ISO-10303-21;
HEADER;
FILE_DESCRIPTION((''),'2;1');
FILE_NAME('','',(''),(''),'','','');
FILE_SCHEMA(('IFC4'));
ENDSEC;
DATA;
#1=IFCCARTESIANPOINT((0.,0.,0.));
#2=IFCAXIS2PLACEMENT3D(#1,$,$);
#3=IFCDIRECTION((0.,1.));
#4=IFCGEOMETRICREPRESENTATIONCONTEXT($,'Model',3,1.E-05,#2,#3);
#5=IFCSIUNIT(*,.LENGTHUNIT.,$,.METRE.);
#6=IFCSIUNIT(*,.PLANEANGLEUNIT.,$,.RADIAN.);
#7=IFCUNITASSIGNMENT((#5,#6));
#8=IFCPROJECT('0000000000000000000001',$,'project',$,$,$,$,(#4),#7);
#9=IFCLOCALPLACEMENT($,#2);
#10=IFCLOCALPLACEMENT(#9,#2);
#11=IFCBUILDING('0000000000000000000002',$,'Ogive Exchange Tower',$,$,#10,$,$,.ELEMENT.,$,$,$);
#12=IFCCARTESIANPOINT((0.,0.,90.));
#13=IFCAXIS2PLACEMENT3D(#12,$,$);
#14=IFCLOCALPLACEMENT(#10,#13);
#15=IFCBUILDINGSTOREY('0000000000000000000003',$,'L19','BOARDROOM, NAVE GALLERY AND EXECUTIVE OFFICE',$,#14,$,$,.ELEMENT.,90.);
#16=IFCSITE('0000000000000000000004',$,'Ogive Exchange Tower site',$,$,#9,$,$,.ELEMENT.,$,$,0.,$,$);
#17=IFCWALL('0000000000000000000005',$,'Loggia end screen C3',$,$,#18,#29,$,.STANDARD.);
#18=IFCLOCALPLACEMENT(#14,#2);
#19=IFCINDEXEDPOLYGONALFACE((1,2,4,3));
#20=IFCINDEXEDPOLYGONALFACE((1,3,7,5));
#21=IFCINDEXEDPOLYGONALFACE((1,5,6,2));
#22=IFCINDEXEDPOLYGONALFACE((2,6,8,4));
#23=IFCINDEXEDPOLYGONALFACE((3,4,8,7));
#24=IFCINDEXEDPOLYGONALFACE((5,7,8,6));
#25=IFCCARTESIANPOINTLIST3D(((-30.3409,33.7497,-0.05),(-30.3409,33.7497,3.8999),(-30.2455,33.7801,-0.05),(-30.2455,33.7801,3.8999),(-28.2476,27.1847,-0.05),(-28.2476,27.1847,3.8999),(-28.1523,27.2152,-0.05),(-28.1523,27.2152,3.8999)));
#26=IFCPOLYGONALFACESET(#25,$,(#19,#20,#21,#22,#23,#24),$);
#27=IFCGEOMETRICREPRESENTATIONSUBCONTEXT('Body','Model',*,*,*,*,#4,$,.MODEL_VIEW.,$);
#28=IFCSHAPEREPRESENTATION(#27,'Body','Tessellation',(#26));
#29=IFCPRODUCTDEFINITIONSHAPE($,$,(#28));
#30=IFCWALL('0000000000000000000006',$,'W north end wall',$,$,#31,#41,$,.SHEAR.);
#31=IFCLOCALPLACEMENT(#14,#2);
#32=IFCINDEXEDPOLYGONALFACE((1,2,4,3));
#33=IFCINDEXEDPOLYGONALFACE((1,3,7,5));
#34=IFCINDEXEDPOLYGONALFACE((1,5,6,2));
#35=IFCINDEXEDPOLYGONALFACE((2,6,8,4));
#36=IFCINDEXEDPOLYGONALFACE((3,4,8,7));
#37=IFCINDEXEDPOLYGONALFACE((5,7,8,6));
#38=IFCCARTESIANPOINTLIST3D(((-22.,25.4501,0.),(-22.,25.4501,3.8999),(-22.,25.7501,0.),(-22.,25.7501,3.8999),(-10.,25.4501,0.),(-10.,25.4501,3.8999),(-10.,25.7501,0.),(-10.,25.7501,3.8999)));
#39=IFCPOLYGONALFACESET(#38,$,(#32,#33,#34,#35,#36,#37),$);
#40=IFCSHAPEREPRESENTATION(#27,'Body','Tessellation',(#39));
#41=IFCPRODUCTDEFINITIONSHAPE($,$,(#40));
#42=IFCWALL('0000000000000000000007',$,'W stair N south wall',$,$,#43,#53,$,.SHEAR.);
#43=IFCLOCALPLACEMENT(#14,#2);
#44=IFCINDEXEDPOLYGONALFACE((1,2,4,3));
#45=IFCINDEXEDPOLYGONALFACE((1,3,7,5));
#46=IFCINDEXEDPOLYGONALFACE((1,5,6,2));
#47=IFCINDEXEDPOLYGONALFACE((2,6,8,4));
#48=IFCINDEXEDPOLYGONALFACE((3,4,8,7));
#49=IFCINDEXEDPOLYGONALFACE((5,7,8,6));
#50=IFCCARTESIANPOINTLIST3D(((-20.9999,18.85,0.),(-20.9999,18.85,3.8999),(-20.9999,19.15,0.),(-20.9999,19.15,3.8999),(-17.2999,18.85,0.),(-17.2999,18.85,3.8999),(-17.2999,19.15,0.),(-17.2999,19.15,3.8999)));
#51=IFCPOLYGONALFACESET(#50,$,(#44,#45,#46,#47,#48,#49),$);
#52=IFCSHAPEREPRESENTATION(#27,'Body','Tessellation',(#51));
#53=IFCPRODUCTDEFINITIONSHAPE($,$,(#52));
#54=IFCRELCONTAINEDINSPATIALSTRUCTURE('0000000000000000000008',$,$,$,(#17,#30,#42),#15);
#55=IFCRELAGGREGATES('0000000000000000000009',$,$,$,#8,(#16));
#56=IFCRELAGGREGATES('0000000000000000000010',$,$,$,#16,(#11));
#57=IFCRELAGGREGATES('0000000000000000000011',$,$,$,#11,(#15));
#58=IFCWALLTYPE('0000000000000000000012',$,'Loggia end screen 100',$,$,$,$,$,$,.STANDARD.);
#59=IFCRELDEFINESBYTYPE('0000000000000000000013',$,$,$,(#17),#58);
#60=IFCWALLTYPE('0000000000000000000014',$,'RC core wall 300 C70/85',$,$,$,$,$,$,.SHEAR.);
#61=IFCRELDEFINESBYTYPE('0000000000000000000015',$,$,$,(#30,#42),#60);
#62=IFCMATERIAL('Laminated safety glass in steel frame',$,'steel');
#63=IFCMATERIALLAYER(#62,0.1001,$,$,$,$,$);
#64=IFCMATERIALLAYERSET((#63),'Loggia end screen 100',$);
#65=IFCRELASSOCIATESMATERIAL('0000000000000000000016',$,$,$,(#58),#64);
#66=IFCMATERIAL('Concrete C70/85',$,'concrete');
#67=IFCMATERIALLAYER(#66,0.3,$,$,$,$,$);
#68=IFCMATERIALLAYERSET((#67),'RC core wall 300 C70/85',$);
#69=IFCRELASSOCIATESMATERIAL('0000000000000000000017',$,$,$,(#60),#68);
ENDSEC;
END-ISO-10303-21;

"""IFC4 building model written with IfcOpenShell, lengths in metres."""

from ifc_helpers import new_model, si_unit, direction, frame, frame_2d, origin, place, context, subcontext, project, spatial, rectangle, extrude, material, layer, layer_set, type_object, element, save


model = new_model("IFC4")

# Units and contexts
model_context = context("Model", 3, precision=1e-05, world=origin(), true_north=direction((0.0, 1.0)))
body_context = subcontext(model_context, "Body", "Model", "MODEL_VIEW")
ifc_project = project(units=[si_unit("LENGTHUNIT", "METRE"), si_unit("PLANEANGLEUNIT", "RADIAN")], contexts=[model_context])

# Site, building, storey
site_placement = place(None, origin())
site = spatial("IfcSite", under=ifc_project, at=site_placement, Name="Ogive Exchange Tower site", CompositionType="ELEMENT", RefElevation=0.0)
building_placement = place(site_placement, origin())
building = spatial("IfcBuilding", under=site, at=building_placement, Name="Ogive Exchange Tower", CompositionType="ELEMENT")
storey_placement = place(building_placement, frame((0.0, 0.0, 90.0)))
storey = spatial("IfcBuildingStorey", under=building, at=storey_placement, Name="L19", Description="BOARDROOM, NAVE GALLERY AND EXECUTIVE OFFICE", CompositionType="ELEMENT", Elevation=90.0)

# Walls
ifc_material_1 = material(Name="Laminated safety glass in steel frame", Category="steel")
ifc_layer_1 = layer(ifc_material_1, 0.1001)
ifc_layer_set_1 = layer_set([ifc_layer_1], Name="Loggia end screen 100")
wall_type_1 = type_object("IfcWallType", Name="Loggia end screen 100", PredefinedType="STANDARD", material=ifc_layer_set_1)
wall_1_placement = place(storey_placement, frame((-28.2, 27.2, -0.05), z_axis=(0.0, 0.0, 1.0), x_axis=(-0.303786, 0.95274, 0.0)))
element("IfcWall", 1, at=wall_1_placement, inside=storey, type_object=wall_type_1, Name="Loggia end screen C3", PredefinedType="STANDARD", context=body_context, shape_type="SweptSolid", body=[
    extrude(rectangle(XDim=6.8906, YDim=0.1001, at=frame_2d((3.4453, 0.0))), origin(), (0.0, 0.0, 1.0), 3.95),
])
ifc_material_2 = material(Name="Concrete C70/85", Category="concrete")
ifc_layer_2 = layer(ifc_material_2, 0.3)
ifc_layer_set_2 = layer_set([ifc_layer_2], Name="RC core wall 300 C70/85")
wall_type_2 = type_object("IfcWallType", Name="RC core wall 300 C70/85", PredefinedType="SHEAR", material=ifc_layer_set_2)
wall_2_placement = place(storey_placement, frame((-22.0, 25.6001, 0.0), z_axis=(0.0, 0.0, 1.0), x_axis=(1.0, 0.0, 0.0)))
element("IfcWall", 2, at=wall_2_placement, inside=storey, type_object=wall_type_2, Name="W north end wall", PredefinedType="SHEAR", context=body_context, shape_type="SweptSolid", body=[
    extrude(rectangle(XDim=12.0, YDim=0.3, at=frame_2d((6.0, 0.0))), origin(), (0.0, 0.0, 1.0), 3.8999),
])
wall_3_placement = place(storey_placement, frame((-21.0, 19.0, 0.0), z_axis=(0.0, 0.0, 1.0), x_axis=(1.0, 0.0, 0.0)))
element("IfcWall", 3, at=wall_3_placement, inside=storey, type_object=wall_type_2, Name="W stair N south wall", PredefinedType="SHEAR", context=body_context, shape_type="SweptSolid", body=[
    extrude(rectangle(XDim=3.7, YDim=0.3, at=frame_2d((1.8501, 0.0))), origin(), (0.0, 0.0, 1.0), 3.8999),
])

save(model, "model.ifc")
